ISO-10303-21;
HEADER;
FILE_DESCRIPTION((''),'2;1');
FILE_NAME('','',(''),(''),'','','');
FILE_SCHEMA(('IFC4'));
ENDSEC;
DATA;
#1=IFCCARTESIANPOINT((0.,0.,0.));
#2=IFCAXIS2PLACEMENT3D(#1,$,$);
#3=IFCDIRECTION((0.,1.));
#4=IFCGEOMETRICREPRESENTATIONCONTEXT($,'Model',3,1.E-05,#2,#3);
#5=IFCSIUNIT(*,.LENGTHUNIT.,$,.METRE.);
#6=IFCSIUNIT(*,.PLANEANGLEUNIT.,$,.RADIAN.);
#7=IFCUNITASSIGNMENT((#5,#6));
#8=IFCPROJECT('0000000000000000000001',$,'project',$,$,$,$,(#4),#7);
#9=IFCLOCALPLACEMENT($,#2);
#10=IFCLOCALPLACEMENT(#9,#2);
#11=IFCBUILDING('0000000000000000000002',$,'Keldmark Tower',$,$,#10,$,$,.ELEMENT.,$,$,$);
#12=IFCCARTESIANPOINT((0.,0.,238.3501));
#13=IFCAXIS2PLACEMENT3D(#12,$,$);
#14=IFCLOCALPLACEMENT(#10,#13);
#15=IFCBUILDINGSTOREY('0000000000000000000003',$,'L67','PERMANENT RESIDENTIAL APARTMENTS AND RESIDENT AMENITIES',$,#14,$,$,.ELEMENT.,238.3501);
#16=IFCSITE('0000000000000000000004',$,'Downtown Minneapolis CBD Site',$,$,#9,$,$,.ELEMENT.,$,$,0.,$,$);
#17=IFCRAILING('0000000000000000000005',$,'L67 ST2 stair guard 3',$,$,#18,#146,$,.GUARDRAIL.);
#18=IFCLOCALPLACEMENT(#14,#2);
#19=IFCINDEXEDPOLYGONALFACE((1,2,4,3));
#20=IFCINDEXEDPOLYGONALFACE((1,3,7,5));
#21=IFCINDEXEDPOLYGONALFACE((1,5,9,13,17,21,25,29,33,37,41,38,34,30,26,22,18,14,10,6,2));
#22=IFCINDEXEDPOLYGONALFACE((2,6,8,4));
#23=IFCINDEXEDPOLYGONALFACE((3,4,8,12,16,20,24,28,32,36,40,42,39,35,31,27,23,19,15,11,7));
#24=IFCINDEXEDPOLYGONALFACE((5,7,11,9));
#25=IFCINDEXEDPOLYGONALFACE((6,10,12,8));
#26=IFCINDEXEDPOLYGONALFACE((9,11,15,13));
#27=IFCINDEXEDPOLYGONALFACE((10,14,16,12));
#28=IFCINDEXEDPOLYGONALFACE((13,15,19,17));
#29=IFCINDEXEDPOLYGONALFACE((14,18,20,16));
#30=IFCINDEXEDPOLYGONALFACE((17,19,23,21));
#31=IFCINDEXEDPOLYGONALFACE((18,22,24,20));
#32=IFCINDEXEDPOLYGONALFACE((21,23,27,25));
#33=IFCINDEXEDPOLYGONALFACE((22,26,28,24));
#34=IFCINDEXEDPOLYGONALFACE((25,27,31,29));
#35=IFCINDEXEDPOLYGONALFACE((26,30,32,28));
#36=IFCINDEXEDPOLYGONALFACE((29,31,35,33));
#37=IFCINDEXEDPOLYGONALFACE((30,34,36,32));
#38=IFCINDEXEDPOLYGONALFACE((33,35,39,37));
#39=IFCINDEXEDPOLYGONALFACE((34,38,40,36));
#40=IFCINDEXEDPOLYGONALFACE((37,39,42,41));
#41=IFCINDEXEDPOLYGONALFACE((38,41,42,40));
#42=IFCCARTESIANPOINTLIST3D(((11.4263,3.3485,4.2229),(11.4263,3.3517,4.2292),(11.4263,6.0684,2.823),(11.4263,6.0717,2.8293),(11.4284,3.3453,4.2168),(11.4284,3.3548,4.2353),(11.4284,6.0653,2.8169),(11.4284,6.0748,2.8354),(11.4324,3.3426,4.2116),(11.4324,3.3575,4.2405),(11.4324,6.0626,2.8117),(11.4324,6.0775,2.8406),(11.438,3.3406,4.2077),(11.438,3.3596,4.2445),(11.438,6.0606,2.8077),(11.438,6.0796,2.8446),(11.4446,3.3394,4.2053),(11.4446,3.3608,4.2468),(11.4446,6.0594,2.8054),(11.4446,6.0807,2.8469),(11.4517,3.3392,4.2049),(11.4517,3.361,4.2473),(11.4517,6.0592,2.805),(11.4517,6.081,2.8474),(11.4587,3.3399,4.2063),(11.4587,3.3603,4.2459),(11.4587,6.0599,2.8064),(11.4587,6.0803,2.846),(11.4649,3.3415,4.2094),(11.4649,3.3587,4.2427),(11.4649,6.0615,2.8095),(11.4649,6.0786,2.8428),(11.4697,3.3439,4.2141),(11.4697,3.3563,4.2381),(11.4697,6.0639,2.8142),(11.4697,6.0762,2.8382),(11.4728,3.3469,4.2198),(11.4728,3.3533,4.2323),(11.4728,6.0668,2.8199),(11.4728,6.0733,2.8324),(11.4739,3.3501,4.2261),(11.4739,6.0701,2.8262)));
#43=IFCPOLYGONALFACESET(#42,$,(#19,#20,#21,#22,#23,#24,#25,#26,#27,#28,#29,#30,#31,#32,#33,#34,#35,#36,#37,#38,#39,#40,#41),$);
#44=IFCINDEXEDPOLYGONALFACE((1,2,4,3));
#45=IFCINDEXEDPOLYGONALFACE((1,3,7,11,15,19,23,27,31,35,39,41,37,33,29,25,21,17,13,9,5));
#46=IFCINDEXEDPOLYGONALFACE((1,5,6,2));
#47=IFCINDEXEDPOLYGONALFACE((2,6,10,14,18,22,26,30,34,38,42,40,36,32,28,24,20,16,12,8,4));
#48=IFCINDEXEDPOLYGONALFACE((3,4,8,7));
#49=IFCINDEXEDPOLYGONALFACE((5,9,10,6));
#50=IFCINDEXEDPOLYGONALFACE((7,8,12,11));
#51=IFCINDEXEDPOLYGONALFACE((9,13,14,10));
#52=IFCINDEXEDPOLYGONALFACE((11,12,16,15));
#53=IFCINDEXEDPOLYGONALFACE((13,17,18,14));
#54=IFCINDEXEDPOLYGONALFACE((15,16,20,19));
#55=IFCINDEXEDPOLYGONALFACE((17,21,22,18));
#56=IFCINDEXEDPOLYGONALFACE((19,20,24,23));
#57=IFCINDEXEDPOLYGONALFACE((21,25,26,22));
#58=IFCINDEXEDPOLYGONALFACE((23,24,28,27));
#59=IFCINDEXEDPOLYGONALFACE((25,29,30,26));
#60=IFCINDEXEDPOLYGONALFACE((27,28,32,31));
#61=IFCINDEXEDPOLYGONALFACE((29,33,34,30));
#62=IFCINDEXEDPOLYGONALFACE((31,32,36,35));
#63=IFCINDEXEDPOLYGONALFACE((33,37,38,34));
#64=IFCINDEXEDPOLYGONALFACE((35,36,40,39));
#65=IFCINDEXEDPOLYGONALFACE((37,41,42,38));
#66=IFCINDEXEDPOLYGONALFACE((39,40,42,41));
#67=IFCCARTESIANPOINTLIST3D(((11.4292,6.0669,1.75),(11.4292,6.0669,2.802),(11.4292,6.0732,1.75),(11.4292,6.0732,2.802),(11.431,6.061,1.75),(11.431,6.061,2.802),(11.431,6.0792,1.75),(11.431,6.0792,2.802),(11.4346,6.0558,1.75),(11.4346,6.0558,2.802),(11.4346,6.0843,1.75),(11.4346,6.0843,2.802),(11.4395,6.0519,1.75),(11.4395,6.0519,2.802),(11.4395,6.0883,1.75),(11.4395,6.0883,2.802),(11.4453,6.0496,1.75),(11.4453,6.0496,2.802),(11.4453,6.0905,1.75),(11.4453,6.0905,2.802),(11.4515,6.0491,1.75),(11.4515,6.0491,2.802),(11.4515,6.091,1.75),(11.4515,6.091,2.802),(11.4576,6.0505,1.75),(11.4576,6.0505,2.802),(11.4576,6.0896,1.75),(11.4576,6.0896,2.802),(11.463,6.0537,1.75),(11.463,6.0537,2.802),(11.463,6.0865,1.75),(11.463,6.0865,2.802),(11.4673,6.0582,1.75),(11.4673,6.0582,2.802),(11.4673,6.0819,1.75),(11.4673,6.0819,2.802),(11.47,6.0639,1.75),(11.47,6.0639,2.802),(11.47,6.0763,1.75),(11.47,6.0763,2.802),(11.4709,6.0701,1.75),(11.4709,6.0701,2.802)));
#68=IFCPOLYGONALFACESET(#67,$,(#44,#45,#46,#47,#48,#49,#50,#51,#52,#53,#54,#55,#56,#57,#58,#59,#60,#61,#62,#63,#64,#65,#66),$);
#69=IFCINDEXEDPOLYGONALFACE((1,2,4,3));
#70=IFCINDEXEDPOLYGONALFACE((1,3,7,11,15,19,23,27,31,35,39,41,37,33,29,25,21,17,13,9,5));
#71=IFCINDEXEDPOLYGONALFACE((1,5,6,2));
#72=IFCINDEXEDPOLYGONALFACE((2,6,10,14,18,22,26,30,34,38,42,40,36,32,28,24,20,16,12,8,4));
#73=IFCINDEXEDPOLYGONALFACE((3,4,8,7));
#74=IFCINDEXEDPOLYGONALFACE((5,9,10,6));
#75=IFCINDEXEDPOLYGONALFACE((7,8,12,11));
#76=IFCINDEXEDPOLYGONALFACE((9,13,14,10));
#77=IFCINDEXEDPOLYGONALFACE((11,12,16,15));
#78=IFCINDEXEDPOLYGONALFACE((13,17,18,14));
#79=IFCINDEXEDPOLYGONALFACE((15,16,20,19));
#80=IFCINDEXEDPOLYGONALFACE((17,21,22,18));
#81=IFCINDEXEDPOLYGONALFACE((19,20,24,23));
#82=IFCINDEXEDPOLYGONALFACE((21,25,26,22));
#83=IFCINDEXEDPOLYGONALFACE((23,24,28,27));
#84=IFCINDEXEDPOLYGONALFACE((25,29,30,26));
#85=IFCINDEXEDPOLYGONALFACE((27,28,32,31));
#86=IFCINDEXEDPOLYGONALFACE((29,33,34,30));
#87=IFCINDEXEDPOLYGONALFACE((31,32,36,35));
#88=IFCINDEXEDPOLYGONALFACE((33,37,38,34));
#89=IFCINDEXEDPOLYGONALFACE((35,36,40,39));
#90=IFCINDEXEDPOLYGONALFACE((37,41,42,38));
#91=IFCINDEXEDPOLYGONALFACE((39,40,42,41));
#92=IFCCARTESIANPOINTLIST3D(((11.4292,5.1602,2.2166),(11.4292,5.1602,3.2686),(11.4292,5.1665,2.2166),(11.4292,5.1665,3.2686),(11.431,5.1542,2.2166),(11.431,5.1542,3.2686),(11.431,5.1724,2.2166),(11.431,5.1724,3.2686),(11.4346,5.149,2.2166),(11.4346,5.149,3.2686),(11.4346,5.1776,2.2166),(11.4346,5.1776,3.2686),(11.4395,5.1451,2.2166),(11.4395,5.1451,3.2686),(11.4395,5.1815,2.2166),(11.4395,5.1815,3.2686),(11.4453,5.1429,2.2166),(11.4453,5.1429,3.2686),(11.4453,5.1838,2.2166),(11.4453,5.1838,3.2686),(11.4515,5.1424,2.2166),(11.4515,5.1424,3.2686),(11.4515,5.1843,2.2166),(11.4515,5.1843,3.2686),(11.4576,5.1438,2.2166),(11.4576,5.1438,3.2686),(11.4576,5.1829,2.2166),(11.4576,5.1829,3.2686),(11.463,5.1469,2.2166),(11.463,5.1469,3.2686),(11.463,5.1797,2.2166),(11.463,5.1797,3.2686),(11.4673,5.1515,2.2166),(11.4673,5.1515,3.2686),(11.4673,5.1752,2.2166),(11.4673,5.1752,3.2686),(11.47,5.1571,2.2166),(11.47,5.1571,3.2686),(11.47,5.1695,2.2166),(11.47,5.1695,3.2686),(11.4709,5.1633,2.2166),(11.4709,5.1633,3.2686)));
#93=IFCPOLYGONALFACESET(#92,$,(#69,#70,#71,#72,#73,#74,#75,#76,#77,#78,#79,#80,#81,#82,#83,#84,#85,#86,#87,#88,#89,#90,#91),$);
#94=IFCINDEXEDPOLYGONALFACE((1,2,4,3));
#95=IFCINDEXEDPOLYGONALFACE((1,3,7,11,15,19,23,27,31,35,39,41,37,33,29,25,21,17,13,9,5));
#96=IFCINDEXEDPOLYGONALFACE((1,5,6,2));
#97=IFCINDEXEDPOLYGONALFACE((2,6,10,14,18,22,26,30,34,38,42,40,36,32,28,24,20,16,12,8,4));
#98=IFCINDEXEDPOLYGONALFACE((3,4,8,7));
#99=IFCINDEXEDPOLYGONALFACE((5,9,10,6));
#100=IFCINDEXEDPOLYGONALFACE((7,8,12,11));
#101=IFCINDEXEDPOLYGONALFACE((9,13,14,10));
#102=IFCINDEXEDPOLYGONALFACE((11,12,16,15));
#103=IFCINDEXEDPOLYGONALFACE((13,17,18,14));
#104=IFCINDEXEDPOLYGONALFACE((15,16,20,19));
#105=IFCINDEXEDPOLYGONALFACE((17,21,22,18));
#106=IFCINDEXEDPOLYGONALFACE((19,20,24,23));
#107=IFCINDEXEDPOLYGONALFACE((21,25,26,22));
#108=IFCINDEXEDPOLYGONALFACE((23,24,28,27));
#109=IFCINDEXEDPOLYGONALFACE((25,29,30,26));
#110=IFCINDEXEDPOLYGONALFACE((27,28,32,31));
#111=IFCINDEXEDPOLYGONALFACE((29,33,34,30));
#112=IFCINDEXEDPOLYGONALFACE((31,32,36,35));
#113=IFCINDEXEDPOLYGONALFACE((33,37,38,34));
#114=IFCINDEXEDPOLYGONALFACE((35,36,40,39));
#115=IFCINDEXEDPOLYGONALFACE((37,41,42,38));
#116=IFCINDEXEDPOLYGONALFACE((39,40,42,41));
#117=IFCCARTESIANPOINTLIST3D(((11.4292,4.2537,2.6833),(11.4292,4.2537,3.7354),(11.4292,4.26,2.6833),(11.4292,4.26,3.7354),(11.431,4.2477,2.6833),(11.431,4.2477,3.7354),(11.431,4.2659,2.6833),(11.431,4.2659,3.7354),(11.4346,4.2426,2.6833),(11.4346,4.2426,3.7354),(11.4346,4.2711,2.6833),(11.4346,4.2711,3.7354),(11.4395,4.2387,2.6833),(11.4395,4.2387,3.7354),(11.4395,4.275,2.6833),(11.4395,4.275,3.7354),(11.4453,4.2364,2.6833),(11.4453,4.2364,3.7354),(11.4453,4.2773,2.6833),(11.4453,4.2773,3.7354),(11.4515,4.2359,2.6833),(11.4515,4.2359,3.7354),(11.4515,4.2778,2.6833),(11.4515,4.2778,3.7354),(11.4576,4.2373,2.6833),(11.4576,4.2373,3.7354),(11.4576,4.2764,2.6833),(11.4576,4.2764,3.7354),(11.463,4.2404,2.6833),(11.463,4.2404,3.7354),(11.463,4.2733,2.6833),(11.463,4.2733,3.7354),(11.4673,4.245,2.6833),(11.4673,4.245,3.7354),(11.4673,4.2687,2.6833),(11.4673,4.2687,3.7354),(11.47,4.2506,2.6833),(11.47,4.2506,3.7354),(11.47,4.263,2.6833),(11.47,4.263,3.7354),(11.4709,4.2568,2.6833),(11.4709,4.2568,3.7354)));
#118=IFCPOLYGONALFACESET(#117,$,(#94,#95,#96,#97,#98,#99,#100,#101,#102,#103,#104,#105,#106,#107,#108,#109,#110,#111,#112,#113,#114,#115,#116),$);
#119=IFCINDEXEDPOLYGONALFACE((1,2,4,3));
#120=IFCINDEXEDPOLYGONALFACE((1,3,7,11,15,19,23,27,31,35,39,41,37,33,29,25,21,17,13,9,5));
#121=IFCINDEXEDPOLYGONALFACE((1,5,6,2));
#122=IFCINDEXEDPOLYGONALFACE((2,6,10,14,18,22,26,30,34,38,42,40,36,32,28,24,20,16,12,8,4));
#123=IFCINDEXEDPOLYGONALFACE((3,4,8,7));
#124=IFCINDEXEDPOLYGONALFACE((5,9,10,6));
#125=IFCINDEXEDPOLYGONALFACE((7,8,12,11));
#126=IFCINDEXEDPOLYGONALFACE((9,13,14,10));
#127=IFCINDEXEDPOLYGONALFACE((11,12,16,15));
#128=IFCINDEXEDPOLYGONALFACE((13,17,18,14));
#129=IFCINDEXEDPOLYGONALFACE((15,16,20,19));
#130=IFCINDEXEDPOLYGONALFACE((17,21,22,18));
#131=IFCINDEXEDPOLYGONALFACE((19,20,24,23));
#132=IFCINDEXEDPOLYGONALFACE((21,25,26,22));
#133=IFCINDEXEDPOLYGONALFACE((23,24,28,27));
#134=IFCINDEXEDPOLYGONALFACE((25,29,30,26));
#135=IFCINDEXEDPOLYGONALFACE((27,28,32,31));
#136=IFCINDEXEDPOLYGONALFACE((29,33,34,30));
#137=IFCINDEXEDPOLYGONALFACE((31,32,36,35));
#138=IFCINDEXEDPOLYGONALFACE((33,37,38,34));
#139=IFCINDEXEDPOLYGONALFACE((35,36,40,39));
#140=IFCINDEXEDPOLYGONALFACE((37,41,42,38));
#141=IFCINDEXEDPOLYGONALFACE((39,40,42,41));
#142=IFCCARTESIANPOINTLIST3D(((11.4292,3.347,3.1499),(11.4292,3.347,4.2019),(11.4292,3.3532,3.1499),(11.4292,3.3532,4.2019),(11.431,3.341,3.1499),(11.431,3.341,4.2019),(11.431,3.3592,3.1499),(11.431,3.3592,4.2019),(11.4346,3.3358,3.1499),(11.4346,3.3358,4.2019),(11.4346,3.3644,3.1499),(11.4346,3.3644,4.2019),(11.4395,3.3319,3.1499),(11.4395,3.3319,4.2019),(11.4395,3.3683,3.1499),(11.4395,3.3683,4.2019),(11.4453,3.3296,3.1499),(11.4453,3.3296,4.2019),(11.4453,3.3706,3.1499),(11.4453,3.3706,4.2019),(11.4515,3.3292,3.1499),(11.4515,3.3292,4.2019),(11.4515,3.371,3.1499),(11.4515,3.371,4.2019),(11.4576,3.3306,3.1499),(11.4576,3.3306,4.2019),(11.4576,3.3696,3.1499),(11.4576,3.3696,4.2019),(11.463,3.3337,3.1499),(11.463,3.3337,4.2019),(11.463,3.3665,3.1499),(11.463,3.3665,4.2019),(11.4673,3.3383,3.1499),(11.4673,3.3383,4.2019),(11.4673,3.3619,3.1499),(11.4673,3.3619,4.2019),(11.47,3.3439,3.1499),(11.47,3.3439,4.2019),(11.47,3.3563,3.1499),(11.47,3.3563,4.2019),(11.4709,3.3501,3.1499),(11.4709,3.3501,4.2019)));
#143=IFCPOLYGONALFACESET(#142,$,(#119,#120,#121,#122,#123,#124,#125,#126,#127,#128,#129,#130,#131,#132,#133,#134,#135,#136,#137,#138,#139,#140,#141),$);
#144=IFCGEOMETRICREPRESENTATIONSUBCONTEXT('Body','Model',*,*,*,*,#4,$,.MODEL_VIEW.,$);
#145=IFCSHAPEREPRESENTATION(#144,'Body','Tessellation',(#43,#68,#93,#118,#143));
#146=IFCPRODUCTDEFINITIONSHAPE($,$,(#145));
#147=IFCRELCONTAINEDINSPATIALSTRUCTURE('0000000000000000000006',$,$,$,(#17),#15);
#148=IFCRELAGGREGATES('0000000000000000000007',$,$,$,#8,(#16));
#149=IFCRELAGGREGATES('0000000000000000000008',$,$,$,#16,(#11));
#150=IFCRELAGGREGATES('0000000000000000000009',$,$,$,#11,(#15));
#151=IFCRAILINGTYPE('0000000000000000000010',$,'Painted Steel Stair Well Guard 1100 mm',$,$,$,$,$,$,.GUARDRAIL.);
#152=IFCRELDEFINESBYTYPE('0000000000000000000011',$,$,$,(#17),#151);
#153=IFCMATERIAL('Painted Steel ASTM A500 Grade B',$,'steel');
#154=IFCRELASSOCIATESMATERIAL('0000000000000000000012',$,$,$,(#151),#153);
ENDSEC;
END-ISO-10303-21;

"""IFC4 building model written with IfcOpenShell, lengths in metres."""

from ifc_helpers import new_model, si_unit, direction, frame, origin, origin_2d, place, context, subcontext, project, spatial, circle, extrude, material, type_object, element, save


model = new_model("IFC4")

# Units and contexts
model_context = context("Model", 3, precision=1e-05, world=origin(), true_north=direction((0.0, 1.0)))
body_context = subcontext(model_context, "Body", "Model", "MODEL_VIEW")
ifc_project = project(units=[si_unit("LENGTHUNIT", "METRE"), si_unit("PLANEANGLEUNIT", "RADIAN")], contexts=[model_context])

# Site, building, storey
site_placement = place(None, origin())
site = spatial("IfcSite", under=ifc_project, at=site_placement, Name="Downtown Minneapolis CBD Site", CompositionType="ELEMENT", RefElevation=0.0)
building_placement = place(site_placement, origin())
building = spatial("IfcBuilding", under=site, at=building_placement, Name="Keldmark Tower", CompositionType="ELEMENT")
storey_placement = place(building_placement, frame((0.0, 0.0, 238.3501)))
storey = spatial("IfcBuildingStorey", under=building, at=storey_placement, Name="L67", Description="PERMANENT RESIDENTIAL APARTMENTS AND RESIDENT AMENITIES", CompositionType="ELEMENT", Elevation=238.3501)

# Railing
ifc_material_1 = material(Name="Painted Steel ASTM A500 Grade B", Category="steel")
railing_type_1 = type_object("IfcRailingType", Name="Painted Steel Stair Well Guard 1100 mm", PredefinedType="GUARDRAIL", material=ifc_material_1)
railing_1_placement = place(storey_placement, frame((11.45, 6.0701, 1.75)))
element("IfcRailing", 1, at=railing_1_placement, inside=storey, type_object=railing_type_1, Name="L67 ST2 stair guard 3", PredefinedType="GUARDRAIL", context=body_context, shape_type="SweptSolid", body=[
    extrude(circle(Radius=0.0239, at=origin_2d()), frame((0.0, 0.0, 1.0762), z_axis=(0.0, -0.889147, 0.457622), x_axis=(1.0, 0.0, 0.0)), (0.0, 0.0, 1.0), 3.0591),
    extrude(circle(Radius=0.021, at=origin_2d()), origin(), (0.0, 0.0, 1.0), 1.052),
    extrude(circle(Radius=0.021, at=origin_2d()), frame((0.0, -0.9067, 0.4666)), (0.0, 0.0, 1.0), 1.052),
    extrude(circle(Radius=0.021, at=origin_2d()), frame((0.0, -1.8132, 0.9333)), (0.0, 0.0, 1.0), 1.052),
    extrude(circle(Radius=0.021, at=origin_2d()), frame((0.0, -2.72, 1.3999)), (0.0, 0.0, 1.0), 1.052),
])

save(model, "model.ifc")
